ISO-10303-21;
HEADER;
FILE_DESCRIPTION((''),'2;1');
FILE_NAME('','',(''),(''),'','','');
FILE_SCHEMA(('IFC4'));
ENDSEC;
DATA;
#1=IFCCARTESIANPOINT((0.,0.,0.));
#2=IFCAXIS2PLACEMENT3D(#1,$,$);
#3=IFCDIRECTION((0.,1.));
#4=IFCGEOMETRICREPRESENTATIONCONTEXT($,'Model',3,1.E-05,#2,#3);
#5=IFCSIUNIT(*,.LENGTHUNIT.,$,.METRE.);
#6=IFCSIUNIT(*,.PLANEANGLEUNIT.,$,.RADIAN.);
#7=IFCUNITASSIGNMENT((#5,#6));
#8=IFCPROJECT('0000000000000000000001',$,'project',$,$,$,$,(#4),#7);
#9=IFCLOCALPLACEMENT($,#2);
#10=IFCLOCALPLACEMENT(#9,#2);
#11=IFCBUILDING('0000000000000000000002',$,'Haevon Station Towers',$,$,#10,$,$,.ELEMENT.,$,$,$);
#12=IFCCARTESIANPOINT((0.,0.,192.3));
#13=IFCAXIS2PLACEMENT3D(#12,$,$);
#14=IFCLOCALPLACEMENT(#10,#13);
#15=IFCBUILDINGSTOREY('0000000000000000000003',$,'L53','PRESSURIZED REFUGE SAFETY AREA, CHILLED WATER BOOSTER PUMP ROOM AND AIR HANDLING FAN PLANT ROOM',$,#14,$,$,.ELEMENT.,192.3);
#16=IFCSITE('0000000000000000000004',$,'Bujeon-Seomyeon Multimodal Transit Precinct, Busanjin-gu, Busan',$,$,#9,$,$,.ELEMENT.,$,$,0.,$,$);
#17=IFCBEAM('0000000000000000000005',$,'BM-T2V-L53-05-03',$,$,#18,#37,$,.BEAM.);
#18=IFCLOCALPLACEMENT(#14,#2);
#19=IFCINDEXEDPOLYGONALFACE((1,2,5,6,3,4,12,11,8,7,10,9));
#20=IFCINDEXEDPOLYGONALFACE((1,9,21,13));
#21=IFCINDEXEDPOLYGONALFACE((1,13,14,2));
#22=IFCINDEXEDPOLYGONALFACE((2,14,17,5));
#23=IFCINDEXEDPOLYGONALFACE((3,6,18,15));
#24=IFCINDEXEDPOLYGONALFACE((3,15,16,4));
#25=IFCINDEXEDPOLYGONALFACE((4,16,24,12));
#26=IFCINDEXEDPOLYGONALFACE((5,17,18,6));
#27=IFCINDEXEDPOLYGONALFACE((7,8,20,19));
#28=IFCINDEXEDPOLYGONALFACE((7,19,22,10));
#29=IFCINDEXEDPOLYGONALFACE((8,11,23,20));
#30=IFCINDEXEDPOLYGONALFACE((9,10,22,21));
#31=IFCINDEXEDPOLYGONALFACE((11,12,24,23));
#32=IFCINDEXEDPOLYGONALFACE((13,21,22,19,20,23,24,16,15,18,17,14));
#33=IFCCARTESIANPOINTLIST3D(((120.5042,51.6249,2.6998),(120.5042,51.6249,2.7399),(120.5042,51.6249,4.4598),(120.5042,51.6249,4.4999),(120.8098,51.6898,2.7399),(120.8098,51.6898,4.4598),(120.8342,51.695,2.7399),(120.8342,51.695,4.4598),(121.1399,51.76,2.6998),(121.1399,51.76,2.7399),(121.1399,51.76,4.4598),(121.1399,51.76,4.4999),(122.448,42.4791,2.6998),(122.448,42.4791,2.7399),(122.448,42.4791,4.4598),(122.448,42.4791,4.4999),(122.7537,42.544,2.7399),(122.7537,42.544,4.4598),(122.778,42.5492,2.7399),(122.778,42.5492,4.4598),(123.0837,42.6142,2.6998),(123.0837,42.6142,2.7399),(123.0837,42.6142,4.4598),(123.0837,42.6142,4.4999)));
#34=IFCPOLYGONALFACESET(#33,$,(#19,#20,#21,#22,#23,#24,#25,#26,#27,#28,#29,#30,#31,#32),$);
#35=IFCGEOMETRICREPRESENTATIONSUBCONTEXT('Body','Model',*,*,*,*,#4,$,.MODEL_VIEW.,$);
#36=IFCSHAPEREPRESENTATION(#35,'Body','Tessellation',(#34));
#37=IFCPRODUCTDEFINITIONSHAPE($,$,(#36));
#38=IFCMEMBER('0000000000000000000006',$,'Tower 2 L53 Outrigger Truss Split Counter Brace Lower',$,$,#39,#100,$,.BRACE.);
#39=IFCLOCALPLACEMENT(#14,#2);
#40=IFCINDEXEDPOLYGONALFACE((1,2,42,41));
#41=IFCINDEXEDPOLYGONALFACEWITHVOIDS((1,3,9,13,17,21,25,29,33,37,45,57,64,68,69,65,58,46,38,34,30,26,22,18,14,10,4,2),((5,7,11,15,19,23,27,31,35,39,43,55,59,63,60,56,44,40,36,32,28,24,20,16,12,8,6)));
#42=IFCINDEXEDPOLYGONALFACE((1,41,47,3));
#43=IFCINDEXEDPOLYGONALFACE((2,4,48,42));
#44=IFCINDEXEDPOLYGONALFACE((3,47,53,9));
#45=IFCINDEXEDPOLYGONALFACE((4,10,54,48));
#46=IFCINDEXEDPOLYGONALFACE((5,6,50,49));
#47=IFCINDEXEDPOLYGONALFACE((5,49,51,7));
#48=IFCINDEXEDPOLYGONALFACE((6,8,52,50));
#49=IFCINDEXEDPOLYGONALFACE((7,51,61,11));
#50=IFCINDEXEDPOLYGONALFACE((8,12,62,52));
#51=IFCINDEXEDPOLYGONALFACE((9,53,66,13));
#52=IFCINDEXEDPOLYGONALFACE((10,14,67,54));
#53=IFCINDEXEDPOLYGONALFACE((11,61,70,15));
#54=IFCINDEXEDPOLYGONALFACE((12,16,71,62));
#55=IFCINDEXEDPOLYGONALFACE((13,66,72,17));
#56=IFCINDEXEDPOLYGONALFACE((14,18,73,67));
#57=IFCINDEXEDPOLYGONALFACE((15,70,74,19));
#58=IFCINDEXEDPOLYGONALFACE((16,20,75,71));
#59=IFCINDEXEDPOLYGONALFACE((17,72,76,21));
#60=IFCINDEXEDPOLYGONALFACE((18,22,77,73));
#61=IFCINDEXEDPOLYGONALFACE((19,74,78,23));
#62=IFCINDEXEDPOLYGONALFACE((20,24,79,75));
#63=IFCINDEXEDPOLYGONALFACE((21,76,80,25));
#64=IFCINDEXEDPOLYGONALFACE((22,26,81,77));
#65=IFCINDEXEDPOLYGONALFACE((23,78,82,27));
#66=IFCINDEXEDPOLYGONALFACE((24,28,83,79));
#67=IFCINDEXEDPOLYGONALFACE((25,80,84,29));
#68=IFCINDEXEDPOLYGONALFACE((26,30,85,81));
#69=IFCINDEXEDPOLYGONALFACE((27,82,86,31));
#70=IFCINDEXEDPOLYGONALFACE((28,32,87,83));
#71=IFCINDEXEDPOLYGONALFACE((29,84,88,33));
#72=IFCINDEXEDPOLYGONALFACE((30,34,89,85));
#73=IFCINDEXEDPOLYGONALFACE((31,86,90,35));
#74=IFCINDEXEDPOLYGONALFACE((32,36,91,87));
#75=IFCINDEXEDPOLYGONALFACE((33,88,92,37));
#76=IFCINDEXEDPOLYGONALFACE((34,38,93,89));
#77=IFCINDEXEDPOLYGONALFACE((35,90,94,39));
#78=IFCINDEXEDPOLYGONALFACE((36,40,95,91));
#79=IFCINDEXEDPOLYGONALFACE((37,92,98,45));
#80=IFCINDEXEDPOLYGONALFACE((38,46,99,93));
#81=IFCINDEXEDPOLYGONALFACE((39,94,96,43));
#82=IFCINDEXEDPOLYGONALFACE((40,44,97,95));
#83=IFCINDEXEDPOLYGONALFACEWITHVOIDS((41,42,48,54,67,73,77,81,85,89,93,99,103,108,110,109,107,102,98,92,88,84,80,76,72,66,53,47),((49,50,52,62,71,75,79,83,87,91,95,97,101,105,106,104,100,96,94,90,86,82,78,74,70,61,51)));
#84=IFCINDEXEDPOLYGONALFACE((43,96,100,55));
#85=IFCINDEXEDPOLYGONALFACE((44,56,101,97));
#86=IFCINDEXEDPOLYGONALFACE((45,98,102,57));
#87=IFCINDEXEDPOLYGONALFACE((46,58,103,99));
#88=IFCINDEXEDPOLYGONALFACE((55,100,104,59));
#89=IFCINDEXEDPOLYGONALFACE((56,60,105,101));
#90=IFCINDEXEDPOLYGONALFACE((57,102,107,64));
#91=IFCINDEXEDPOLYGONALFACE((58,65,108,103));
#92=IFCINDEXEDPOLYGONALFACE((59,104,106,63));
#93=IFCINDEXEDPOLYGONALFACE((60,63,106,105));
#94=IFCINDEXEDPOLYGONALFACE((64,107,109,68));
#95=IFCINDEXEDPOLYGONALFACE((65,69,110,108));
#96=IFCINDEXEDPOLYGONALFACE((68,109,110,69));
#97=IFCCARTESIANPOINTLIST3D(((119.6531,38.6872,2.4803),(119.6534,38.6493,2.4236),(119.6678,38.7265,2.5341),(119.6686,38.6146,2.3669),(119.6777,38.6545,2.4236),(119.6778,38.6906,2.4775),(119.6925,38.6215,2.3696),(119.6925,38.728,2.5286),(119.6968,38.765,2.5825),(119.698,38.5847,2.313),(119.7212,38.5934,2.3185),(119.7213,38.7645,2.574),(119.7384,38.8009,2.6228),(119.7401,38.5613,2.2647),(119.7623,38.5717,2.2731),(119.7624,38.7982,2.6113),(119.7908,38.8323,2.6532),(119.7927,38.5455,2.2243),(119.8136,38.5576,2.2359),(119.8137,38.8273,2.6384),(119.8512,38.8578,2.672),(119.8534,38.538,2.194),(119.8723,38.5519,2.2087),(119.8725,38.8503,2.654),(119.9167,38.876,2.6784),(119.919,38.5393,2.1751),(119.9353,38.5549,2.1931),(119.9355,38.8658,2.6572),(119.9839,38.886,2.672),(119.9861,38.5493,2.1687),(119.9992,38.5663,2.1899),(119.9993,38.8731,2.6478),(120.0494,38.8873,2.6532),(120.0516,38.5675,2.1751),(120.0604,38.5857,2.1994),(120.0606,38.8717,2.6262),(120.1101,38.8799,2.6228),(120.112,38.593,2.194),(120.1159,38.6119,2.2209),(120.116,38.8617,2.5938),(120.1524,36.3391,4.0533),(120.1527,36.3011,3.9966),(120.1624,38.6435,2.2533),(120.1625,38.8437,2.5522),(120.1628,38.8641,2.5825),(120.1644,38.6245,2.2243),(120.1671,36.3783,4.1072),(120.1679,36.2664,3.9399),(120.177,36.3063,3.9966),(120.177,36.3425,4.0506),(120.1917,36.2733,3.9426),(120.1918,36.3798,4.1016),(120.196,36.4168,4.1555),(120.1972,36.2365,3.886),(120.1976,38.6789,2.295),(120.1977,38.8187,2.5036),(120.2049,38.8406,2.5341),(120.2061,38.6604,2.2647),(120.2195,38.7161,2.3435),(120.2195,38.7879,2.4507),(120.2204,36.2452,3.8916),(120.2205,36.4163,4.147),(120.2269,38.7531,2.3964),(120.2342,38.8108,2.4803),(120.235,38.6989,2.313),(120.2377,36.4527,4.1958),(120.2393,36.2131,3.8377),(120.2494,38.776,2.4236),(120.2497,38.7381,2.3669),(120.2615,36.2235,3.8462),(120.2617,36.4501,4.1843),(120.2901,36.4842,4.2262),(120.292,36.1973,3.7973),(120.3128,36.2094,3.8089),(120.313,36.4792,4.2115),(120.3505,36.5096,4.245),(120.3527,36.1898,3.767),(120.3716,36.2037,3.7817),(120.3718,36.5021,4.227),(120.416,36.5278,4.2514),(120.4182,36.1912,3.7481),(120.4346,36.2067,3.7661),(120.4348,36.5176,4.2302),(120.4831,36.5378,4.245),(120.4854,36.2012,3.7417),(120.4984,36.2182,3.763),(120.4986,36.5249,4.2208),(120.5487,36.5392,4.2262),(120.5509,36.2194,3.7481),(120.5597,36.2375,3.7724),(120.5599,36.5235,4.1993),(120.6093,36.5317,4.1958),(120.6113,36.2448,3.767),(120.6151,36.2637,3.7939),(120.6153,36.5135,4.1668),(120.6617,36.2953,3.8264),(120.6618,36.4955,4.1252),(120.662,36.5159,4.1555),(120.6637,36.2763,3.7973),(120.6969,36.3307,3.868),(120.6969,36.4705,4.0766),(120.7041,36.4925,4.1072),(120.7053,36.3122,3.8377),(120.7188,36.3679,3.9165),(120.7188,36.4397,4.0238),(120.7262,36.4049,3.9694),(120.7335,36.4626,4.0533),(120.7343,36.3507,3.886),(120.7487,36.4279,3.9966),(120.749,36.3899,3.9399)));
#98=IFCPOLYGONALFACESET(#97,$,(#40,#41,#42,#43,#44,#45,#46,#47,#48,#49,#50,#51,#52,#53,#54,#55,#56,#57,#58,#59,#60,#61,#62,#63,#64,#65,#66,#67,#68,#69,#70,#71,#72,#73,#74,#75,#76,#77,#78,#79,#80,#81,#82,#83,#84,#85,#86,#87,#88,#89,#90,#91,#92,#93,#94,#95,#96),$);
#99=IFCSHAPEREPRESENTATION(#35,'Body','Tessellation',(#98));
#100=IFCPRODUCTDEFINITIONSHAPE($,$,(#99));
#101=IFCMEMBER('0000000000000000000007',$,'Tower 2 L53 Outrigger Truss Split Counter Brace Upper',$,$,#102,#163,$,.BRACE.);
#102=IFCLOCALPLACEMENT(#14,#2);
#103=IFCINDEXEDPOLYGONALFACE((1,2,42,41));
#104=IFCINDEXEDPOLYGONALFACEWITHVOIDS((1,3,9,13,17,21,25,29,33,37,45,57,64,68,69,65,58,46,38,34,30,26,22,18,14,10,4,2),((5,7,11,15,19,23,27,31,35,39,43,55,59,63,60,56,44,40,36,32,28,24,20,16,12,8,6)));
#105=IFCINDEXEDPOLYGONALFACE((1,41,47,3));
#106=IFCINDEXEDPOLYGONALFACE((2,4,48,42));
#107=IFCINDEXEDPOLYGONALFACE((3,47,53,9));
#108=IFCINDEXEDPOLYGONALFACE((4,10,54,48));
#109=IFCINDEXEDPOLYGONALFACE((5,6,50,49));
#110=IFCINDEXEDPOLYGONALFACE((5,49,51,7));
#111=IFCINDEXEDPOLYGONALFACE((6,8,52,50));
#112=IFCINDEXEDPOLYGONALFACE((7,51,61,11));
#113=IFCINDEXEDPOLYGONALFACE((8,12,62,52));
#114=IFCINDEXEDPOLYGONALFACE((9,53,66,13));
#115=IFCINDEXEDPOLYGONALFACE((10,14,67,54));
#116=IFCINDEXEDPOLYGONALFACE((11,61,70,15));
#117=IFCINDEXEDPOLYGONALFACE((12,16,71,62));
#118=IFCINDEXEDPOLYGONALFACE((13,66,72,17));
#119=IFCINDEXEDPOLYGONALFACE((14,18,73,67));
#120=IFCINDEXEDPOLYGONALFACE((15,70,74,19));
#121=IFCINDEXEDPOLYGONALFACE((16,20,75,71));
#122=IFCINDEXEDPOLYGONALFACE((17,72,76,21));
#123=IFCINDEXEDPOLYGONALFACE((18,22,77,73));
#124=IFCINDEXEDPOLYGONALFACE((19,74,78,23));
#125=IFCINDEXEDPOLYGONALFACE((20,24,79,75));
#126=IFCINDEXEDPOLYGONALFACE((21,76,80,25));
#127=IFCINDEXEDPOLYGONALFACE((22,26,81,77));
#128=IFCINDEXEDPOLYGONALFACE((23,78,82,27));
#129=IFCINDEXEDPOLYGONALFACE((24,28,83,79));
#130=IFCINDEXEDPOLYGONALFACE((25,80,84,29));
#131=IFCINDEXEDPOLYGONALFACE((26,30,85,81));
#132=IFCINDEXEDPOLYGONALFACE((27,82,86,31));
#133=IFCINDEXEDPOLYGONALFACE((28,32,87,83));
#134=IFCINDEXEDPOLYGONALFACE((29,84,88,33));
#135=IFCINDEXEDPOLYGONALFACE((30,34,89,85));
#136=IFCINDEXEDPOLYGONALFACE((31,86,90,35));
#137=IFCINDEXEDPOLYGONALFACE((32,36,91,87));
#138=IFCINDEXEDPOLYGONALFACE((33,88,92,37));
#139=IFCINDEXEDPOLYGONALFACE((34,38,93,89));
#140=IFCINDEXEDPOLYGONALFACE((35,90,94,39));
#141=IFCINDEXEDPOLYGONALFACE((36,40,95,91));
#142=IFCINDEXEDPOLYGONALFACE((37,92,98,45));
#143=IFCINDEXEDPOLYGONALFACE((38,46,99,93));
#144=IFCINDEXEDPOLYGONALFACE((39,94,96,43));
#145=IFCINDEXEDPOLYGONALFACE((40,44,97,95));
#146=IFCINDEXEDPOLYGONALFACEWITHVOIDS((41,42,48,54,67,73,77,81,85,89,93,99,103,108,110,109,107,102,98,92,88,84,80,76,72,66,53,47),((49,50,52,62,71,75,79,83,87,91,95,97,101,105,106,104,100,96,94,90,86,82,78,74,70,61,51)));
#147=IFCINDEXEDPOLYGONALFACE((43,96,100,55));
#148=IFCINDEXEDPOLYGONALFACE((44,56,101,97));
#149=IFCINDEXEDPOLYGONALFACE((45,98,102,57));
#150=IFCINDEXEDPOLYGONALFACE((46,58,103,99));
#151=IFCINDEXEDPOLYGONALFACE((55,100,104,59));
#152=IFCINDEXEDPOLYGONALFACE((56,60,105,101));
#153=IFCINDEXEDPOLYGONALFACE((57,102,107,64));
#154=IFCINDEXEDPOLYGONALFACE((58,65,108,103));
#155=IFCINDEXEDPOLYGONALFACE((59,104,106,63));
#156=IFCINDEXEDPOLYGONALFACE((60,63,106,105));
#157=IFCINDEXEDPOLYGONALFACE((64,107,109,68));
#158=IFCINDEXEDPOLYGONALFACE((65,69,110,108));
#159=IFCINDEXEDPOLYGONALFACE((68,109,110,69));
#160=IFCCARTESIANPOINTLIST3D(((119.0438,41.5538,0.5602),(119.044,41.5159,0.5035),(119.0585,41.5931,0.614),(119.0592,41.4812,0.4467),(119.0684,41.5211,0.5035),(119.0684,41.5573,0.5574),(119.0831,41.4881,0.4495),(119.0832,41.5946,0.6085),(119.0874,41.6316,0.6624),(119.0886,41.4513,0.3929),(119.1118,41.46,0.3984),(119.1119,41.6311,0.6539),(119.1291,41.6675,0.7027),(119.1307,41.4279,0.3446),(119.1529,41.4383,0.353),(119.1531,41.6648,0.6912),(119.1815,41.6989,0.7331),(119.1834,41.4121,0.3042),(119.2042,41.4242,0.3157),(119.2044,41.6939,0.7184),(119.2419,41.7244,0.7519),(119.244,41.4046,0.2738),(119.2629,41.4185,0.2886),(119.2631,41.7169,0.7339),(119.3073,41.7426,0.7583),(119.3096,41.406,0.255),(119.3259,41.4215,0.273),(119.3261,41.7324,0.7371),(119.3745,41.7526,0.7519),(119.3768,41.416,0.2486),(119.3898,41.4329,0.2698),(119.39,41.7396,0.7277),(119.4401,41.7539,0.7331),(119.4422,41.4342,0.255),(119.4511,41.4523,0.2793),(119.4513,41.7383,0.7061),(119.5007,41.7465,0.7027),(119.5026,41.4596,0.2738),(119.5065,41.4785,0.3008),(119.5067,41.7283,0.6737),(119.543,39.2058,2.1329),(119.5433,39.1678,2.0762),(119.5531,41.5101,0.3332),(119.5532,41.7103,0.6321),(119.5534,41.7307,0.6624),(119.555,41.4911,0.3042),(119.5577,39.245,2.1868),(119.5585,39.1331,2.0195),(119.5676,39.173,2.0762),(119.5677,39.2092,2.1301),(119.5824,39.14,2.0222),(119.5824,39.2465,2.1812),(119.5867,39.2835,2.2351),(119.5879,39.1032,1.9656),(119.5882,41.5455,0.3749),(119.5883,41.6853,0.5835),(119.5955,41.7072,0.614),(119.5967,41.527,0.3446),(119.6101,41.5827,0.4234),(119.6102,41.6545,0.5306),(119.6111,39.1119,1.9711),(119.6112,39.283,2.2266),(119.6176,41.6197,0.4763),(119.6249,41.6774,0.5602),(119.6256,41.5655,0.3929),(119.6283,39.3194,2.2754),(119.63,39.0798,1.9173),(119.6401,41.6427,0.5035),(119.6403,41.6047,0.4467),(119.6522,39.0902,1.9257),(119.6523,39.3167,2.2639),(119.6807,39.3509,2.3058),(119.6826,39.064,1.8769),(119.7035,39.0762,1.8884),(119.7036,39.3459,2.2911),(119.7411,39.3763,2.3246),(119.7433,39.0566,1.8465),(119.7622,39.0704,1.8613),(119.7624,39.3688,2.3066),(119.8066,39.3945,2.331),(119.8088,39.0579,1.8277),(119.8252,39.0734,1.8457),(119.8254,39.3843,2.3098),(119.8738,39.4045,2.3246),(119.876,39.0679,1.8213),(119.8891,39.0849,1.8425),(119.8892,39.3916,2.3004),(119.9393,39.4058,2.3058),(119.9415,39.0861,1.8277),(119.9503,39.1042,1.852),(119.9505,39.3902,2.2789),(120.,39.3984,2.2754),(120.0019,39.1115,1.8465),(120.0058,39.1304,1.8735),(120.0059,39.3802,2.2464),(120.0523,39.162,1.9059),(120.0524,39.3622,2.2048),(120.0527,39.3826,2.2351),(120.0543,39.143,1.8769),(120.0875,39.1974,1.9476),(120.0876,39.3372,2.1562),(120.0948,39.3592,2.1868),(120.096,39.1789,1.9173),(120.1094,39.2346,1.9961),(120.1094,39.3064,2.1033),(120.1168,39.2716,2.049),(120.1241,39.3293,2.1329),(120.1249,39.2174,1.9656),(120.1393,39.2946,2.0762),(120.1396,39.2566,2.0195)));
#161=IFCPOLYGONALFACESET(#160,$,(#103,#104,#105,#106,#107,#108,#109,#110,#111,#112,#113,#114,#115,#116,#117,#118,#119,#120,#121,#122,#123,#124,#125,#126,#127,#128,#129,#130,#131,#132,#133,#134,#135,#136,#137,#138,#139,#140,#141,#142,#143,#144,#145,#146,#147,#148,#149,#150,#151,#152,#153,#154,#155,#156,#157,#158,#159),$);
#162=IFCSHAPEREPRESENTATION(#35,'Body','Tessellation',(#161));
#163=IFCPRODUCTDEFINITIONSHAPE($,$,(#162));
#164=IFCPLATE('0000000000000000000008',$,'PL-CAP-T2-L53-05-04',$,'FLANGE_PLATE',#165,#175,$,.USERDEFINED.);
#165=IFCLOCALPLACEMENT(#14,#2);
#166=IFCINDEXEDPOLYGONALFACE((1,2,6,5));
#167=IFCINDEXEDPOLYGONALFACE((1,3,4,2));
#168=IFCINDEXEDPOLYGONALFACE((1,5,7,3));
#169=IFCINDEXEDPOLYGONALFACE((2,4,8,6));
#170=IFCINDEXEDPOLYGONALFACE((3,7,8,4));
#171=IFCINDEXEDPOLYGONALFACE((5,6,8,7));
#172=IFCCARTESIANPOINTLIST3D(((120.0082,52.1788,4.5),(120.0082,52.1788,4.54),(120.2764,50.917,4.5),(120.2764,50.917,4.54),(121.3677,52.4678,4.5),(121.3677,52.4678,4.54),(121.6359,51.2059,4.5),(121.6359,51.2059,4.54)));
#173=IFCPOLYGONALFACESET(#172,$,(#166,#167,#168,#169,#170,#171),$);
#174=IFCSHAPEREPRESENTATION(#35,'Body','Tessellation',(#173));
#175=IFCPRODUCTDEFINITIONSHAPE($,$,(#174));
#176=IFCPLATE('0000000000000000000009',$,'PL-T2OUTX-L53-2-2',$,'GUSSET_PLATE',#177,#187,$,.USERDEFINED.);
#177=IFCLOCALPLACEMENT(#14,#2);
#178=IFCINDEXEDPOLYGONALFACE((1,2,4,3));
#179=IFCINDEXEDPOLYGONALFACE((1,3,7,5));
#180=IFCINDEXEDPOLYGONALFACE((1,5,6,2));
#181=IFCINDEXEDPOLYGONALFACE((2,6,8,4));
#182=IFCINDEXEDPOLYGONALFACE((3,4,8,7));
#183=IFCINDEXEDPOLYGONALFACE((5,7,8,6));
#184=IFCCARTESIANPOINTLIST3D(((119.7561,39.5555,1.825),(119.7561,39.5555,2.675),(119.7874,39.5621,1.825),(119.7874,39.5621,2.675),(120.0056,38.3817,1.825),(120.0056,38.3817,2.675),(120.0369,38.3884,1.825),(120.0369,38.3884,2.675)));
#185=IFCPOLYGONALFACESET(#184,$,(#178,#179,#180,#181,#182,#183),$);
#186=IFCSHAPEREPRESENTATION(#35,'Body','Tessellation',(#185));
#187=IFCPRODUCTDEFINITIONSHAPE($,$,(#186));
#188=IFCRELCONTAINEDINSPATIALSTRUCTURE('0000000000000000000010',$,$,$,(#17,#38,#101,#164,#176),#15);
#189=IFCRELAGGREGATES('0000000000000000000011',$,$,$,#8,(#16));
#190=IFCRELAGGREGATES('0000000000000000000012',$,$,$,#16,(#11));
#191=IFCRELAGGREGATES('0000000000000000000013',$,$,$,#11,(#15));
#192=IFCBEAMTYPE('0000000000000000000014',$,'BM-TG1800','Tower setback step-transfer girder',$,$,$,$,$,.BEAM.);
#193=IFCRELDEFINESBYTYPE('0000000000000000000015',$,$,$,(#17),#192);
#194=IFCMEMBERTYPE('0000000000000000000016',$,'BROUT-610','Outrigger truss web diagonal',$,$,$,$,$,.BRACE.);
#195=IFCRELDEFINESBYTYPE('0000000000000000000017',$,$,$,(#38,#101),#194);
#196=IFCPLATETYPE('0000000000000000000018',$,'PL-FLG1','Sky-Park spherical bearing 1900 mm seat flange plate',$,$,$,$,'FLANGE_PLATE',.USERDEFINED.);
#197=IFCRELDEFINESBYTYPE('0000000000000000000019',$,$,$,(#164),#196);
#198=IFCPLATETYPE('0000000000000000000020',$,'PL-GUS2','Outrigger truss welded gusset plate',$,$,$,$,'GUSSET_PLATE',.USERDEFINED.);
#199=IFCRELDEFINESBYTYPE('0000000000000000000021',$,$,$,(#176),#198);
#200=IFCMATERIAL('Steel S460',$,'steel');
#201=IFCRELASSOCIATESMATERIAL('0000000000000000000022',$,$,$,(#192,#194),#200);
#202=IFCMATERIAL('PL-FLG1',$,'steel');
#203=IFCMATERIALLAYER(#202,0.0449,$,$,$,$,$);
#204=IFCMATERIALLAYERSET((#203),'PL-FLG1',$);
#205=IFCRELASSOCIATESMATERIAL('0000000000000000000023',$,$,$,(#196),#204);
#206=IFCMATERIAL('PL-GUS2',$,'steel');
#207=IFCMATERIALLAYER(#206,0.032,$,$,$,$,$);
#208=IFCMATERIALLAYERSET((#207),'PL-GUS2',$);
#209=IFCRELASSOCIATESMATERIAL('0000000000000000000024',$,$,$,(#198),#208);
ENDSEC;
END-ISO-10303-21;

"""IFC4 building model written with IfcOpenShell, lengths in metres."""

from ifc_helpers import new_model, si_unit, direction, frame, origin, origin_2d, place, context, subcontext, project, spatial, rectangle, hollow_circle, i_section, extrude, material, layer, layer_set, material_profile, profile_set, type_object, element, save


model = new_model("IFC4")

# Units and contexts
model_context = context("Model", 3, precision=1e-05, world=origin(), true_north=direction((0.0, 1.0)))
body_context = subcontext(model_context, "Body", "Model", "MODEL_VIEW")
ifc_project = project(units=[si_unit("LENGTHUNIT", "METRE"), si_unit("PLANEANGLEUNIT", "RADIAN")], contexts=[model_context])

# Site, building, storey
site_placement = place(None, origin())
site = spatial("IfcSite", under=ifc_project, at=site_placement, Name="Bujeon-Seomyeon Multimodal Transit Precinct, Busanjin-gu, Busan", CompositionType="ELEMENT", RefElevation=0.0)
building_placement = place(site_placement, origin())
building = spatial("IfcBuilding", under=site, at=building_placement, Name="Haevon Station Towers", CompositionType="ELEMENT")
storey_placement = place(building_placement, frame((0.0, 0.0, 192.3)))
storey = spatial("IfcBuildingStorey", under=building, at=storey_placement, Name="L53", Description="PRESSURIZED REFUGE SAFETY AREA, CHILLED WATER BOOSTER PUMP ROOM AND AIR HANDLING FAN PLANT ROOM", CompositionType="ELEMENT", Elevation=192.3)

# Shared definitions
ifc_material_1 = material(Name="Steel S460", Category="steel")

# Beam
ifc_material_profile_1 = material_profile(ifc_material_1, i_section(OverallWidth=0.6499, OverallDepth=1.8, WebThickness=0.0249, FlangeThickness=0.04, at=origin_2d()), Name="H-1800x650x25x40")
ifc_profile_set_1 = profile_set([ifc_material_profile_1], Name="Steel S460")
beam_type_1 = type_object("IfcBeamType", Name="BM-TG1800", Description="Tower setback step-transfer girder", PredefinedType="BEAM", material=ifc_profile_set_1)
beam_1_placement = place(storey_placement, frame((122.7659, 42.5466, 3.5999), z_axis=(-0.207897, 0.978151, 0.0), x_axis=(-0.978151, -0.207897, 0.0)))
element("IfcBeam", 1, at=beam_1_placement, inside=storey, type_object=beam_type_1, Name="BM-T2V-L53-05-03", PredefinedType="BEAM", context=body_context, shape_type="SweptSolid", body=[
    extrude(i_section(OverallWidth=0.6499, OverallDepth=1.8, WebThickness=0.0249, FlangeThickness=0.04, at=origin_2d()), origin(), (0.0, 0.0, 1.0), 9.3501),
])

# Members
ifc_material_profile_2 = material_profile(ifc_material_1, hollow_circle(Radius=0.3047, WallThickness=0.0249, at=origin_2d()), Name="CHS-609.6x25")
ifc_profile_set_2 = profile_set([ifc_material_profile_2], Name="Steel S460")
member_type = type_object("IfcMemberType", Name="BROUT-610", Description="Outrigger truss web diagonal", PredefinedType="BRACE", material=ifc_profile_set_2)
member_1_placement = place(storey_placement, frame((120.4507, 36.3645, 3.9966), z_axis=(-0.173956, 0.818145, -0.548067), x_axis=(-0.978135, -0.207973, 0.0)))
element("IfcMember", 2, at=member_1_placement, inside=storey, type_object=member_type, Name="Tower 2 L53 Outrigger Truss Split Counter Brace Lower", PredefinedType="BRACE", context=body_context, shape_type="SweptSolid", body=[
    extrude(hollow_circle(Radius=0.3047, WallThickness=0.0249, at=origin_2d()), origin(), (0.0, 0.0, 1.0), 2.8701),
])
member_2_placement = place(storey_placement, frame((119.8413, 39.2312, 2.0762), z_axis=(-0.173964, 0.818183, -0.548008), x_axis=(-0.978135, -0.207973, 0.0)))
element("IfcMember", 3, at=member_2_placement, inside=storey, type_object=member_type, Name="Tower 2 L53 Outrigger Truss Split Counter Brace Upper", PredefinedType="BRACE", context=body_context, shape_type="SweptSolid", body=[
    extrude(hollow_circle(Radius=0.3047, WallThickness=0.0249, at=origin_2d()), origin(), (0.0, 0.0, 1.0), 2.8699),
])

# Plates
ifc_material_2 = material(Name="PL-FLG1", Category="steel")
ifc_layer_1 = layer(ifc_material_2, 0.0449)
ifc_layer_set_1 = layer_set([ifc_layer_1], Name="PL-FLG1")
plate_type_1 = type_object("IfcPlateType", Name="PL-FLG1", Description="Sky-Park spherical bearing 1900 mm seat flange plate", ElementType="FLANGE_PLATE", PredefinedType="USERDEFINED", material=ifc_layer_set_1)
plate_1_placement = place(storey_placement, frame((120.822, 51.6924, 4.5), z_axis=(0.0, 0.0, 1.0), x_axis=(0.978148, 0.207912, 0.0)))
element("IfcPlate", 4, at=plate_1_placement, inside=storey, type_object=plate_type_1, Name="PL-CAP-T2-L53-05-04", ObjectType="FLANGE_PLATE", PredefinedType="USERDEFINED", context=body_context, shape_type="SweptSolid", body=[
    extrude(rectangle(XDim=1.3899, YDim=1.29, at=origin_2d()), origin(), (0.0, 0.0, 1.0), 0.04),
])
ifc_material_3 = material(Name="PL-GUS2", Category="steel")
ifc_layer_2 = layer(ifc_material_3, 0.032)
ifc_layer_set_2 = layer_set([ifc_layer_2], Name="PL-GUS2")
plate_type_2 = type_object("IfcPlateType", Name="PL-GUS2", Description="Outrigger truss welded gusset plate", ElementType="GUSSET_PLATE", PredefinedType="USERDEFINED", material=ifc_layer_set_2)
for number, where, z_axis, x_axis, name in (
    (5, (119.8965, 38.9719, 1.825), (0.0, 0.0, 1.0), (-0.207912, 0.978148, 0.0), "PL-T2OUTX-L53-2-2"),
):
    element("IfcPlate", number, at=place(storey_placement, frame(where, z_axis=z_axis, x_axis=x_axis)), inside=storey, type_object=plate_type_2, Name=name, ObjectType="GUSSET_PLATE", PredefinedType="USERDEFINED", context=body_context, shape_type="SweptSolid", body=[
        extrude(rectangle(XDim=1.2, YDim=0.032, at=origin_2d()), origin(), (0.0, 0.0, 1.0), 0.8501),
    ])

save(model, "model.ifc")
